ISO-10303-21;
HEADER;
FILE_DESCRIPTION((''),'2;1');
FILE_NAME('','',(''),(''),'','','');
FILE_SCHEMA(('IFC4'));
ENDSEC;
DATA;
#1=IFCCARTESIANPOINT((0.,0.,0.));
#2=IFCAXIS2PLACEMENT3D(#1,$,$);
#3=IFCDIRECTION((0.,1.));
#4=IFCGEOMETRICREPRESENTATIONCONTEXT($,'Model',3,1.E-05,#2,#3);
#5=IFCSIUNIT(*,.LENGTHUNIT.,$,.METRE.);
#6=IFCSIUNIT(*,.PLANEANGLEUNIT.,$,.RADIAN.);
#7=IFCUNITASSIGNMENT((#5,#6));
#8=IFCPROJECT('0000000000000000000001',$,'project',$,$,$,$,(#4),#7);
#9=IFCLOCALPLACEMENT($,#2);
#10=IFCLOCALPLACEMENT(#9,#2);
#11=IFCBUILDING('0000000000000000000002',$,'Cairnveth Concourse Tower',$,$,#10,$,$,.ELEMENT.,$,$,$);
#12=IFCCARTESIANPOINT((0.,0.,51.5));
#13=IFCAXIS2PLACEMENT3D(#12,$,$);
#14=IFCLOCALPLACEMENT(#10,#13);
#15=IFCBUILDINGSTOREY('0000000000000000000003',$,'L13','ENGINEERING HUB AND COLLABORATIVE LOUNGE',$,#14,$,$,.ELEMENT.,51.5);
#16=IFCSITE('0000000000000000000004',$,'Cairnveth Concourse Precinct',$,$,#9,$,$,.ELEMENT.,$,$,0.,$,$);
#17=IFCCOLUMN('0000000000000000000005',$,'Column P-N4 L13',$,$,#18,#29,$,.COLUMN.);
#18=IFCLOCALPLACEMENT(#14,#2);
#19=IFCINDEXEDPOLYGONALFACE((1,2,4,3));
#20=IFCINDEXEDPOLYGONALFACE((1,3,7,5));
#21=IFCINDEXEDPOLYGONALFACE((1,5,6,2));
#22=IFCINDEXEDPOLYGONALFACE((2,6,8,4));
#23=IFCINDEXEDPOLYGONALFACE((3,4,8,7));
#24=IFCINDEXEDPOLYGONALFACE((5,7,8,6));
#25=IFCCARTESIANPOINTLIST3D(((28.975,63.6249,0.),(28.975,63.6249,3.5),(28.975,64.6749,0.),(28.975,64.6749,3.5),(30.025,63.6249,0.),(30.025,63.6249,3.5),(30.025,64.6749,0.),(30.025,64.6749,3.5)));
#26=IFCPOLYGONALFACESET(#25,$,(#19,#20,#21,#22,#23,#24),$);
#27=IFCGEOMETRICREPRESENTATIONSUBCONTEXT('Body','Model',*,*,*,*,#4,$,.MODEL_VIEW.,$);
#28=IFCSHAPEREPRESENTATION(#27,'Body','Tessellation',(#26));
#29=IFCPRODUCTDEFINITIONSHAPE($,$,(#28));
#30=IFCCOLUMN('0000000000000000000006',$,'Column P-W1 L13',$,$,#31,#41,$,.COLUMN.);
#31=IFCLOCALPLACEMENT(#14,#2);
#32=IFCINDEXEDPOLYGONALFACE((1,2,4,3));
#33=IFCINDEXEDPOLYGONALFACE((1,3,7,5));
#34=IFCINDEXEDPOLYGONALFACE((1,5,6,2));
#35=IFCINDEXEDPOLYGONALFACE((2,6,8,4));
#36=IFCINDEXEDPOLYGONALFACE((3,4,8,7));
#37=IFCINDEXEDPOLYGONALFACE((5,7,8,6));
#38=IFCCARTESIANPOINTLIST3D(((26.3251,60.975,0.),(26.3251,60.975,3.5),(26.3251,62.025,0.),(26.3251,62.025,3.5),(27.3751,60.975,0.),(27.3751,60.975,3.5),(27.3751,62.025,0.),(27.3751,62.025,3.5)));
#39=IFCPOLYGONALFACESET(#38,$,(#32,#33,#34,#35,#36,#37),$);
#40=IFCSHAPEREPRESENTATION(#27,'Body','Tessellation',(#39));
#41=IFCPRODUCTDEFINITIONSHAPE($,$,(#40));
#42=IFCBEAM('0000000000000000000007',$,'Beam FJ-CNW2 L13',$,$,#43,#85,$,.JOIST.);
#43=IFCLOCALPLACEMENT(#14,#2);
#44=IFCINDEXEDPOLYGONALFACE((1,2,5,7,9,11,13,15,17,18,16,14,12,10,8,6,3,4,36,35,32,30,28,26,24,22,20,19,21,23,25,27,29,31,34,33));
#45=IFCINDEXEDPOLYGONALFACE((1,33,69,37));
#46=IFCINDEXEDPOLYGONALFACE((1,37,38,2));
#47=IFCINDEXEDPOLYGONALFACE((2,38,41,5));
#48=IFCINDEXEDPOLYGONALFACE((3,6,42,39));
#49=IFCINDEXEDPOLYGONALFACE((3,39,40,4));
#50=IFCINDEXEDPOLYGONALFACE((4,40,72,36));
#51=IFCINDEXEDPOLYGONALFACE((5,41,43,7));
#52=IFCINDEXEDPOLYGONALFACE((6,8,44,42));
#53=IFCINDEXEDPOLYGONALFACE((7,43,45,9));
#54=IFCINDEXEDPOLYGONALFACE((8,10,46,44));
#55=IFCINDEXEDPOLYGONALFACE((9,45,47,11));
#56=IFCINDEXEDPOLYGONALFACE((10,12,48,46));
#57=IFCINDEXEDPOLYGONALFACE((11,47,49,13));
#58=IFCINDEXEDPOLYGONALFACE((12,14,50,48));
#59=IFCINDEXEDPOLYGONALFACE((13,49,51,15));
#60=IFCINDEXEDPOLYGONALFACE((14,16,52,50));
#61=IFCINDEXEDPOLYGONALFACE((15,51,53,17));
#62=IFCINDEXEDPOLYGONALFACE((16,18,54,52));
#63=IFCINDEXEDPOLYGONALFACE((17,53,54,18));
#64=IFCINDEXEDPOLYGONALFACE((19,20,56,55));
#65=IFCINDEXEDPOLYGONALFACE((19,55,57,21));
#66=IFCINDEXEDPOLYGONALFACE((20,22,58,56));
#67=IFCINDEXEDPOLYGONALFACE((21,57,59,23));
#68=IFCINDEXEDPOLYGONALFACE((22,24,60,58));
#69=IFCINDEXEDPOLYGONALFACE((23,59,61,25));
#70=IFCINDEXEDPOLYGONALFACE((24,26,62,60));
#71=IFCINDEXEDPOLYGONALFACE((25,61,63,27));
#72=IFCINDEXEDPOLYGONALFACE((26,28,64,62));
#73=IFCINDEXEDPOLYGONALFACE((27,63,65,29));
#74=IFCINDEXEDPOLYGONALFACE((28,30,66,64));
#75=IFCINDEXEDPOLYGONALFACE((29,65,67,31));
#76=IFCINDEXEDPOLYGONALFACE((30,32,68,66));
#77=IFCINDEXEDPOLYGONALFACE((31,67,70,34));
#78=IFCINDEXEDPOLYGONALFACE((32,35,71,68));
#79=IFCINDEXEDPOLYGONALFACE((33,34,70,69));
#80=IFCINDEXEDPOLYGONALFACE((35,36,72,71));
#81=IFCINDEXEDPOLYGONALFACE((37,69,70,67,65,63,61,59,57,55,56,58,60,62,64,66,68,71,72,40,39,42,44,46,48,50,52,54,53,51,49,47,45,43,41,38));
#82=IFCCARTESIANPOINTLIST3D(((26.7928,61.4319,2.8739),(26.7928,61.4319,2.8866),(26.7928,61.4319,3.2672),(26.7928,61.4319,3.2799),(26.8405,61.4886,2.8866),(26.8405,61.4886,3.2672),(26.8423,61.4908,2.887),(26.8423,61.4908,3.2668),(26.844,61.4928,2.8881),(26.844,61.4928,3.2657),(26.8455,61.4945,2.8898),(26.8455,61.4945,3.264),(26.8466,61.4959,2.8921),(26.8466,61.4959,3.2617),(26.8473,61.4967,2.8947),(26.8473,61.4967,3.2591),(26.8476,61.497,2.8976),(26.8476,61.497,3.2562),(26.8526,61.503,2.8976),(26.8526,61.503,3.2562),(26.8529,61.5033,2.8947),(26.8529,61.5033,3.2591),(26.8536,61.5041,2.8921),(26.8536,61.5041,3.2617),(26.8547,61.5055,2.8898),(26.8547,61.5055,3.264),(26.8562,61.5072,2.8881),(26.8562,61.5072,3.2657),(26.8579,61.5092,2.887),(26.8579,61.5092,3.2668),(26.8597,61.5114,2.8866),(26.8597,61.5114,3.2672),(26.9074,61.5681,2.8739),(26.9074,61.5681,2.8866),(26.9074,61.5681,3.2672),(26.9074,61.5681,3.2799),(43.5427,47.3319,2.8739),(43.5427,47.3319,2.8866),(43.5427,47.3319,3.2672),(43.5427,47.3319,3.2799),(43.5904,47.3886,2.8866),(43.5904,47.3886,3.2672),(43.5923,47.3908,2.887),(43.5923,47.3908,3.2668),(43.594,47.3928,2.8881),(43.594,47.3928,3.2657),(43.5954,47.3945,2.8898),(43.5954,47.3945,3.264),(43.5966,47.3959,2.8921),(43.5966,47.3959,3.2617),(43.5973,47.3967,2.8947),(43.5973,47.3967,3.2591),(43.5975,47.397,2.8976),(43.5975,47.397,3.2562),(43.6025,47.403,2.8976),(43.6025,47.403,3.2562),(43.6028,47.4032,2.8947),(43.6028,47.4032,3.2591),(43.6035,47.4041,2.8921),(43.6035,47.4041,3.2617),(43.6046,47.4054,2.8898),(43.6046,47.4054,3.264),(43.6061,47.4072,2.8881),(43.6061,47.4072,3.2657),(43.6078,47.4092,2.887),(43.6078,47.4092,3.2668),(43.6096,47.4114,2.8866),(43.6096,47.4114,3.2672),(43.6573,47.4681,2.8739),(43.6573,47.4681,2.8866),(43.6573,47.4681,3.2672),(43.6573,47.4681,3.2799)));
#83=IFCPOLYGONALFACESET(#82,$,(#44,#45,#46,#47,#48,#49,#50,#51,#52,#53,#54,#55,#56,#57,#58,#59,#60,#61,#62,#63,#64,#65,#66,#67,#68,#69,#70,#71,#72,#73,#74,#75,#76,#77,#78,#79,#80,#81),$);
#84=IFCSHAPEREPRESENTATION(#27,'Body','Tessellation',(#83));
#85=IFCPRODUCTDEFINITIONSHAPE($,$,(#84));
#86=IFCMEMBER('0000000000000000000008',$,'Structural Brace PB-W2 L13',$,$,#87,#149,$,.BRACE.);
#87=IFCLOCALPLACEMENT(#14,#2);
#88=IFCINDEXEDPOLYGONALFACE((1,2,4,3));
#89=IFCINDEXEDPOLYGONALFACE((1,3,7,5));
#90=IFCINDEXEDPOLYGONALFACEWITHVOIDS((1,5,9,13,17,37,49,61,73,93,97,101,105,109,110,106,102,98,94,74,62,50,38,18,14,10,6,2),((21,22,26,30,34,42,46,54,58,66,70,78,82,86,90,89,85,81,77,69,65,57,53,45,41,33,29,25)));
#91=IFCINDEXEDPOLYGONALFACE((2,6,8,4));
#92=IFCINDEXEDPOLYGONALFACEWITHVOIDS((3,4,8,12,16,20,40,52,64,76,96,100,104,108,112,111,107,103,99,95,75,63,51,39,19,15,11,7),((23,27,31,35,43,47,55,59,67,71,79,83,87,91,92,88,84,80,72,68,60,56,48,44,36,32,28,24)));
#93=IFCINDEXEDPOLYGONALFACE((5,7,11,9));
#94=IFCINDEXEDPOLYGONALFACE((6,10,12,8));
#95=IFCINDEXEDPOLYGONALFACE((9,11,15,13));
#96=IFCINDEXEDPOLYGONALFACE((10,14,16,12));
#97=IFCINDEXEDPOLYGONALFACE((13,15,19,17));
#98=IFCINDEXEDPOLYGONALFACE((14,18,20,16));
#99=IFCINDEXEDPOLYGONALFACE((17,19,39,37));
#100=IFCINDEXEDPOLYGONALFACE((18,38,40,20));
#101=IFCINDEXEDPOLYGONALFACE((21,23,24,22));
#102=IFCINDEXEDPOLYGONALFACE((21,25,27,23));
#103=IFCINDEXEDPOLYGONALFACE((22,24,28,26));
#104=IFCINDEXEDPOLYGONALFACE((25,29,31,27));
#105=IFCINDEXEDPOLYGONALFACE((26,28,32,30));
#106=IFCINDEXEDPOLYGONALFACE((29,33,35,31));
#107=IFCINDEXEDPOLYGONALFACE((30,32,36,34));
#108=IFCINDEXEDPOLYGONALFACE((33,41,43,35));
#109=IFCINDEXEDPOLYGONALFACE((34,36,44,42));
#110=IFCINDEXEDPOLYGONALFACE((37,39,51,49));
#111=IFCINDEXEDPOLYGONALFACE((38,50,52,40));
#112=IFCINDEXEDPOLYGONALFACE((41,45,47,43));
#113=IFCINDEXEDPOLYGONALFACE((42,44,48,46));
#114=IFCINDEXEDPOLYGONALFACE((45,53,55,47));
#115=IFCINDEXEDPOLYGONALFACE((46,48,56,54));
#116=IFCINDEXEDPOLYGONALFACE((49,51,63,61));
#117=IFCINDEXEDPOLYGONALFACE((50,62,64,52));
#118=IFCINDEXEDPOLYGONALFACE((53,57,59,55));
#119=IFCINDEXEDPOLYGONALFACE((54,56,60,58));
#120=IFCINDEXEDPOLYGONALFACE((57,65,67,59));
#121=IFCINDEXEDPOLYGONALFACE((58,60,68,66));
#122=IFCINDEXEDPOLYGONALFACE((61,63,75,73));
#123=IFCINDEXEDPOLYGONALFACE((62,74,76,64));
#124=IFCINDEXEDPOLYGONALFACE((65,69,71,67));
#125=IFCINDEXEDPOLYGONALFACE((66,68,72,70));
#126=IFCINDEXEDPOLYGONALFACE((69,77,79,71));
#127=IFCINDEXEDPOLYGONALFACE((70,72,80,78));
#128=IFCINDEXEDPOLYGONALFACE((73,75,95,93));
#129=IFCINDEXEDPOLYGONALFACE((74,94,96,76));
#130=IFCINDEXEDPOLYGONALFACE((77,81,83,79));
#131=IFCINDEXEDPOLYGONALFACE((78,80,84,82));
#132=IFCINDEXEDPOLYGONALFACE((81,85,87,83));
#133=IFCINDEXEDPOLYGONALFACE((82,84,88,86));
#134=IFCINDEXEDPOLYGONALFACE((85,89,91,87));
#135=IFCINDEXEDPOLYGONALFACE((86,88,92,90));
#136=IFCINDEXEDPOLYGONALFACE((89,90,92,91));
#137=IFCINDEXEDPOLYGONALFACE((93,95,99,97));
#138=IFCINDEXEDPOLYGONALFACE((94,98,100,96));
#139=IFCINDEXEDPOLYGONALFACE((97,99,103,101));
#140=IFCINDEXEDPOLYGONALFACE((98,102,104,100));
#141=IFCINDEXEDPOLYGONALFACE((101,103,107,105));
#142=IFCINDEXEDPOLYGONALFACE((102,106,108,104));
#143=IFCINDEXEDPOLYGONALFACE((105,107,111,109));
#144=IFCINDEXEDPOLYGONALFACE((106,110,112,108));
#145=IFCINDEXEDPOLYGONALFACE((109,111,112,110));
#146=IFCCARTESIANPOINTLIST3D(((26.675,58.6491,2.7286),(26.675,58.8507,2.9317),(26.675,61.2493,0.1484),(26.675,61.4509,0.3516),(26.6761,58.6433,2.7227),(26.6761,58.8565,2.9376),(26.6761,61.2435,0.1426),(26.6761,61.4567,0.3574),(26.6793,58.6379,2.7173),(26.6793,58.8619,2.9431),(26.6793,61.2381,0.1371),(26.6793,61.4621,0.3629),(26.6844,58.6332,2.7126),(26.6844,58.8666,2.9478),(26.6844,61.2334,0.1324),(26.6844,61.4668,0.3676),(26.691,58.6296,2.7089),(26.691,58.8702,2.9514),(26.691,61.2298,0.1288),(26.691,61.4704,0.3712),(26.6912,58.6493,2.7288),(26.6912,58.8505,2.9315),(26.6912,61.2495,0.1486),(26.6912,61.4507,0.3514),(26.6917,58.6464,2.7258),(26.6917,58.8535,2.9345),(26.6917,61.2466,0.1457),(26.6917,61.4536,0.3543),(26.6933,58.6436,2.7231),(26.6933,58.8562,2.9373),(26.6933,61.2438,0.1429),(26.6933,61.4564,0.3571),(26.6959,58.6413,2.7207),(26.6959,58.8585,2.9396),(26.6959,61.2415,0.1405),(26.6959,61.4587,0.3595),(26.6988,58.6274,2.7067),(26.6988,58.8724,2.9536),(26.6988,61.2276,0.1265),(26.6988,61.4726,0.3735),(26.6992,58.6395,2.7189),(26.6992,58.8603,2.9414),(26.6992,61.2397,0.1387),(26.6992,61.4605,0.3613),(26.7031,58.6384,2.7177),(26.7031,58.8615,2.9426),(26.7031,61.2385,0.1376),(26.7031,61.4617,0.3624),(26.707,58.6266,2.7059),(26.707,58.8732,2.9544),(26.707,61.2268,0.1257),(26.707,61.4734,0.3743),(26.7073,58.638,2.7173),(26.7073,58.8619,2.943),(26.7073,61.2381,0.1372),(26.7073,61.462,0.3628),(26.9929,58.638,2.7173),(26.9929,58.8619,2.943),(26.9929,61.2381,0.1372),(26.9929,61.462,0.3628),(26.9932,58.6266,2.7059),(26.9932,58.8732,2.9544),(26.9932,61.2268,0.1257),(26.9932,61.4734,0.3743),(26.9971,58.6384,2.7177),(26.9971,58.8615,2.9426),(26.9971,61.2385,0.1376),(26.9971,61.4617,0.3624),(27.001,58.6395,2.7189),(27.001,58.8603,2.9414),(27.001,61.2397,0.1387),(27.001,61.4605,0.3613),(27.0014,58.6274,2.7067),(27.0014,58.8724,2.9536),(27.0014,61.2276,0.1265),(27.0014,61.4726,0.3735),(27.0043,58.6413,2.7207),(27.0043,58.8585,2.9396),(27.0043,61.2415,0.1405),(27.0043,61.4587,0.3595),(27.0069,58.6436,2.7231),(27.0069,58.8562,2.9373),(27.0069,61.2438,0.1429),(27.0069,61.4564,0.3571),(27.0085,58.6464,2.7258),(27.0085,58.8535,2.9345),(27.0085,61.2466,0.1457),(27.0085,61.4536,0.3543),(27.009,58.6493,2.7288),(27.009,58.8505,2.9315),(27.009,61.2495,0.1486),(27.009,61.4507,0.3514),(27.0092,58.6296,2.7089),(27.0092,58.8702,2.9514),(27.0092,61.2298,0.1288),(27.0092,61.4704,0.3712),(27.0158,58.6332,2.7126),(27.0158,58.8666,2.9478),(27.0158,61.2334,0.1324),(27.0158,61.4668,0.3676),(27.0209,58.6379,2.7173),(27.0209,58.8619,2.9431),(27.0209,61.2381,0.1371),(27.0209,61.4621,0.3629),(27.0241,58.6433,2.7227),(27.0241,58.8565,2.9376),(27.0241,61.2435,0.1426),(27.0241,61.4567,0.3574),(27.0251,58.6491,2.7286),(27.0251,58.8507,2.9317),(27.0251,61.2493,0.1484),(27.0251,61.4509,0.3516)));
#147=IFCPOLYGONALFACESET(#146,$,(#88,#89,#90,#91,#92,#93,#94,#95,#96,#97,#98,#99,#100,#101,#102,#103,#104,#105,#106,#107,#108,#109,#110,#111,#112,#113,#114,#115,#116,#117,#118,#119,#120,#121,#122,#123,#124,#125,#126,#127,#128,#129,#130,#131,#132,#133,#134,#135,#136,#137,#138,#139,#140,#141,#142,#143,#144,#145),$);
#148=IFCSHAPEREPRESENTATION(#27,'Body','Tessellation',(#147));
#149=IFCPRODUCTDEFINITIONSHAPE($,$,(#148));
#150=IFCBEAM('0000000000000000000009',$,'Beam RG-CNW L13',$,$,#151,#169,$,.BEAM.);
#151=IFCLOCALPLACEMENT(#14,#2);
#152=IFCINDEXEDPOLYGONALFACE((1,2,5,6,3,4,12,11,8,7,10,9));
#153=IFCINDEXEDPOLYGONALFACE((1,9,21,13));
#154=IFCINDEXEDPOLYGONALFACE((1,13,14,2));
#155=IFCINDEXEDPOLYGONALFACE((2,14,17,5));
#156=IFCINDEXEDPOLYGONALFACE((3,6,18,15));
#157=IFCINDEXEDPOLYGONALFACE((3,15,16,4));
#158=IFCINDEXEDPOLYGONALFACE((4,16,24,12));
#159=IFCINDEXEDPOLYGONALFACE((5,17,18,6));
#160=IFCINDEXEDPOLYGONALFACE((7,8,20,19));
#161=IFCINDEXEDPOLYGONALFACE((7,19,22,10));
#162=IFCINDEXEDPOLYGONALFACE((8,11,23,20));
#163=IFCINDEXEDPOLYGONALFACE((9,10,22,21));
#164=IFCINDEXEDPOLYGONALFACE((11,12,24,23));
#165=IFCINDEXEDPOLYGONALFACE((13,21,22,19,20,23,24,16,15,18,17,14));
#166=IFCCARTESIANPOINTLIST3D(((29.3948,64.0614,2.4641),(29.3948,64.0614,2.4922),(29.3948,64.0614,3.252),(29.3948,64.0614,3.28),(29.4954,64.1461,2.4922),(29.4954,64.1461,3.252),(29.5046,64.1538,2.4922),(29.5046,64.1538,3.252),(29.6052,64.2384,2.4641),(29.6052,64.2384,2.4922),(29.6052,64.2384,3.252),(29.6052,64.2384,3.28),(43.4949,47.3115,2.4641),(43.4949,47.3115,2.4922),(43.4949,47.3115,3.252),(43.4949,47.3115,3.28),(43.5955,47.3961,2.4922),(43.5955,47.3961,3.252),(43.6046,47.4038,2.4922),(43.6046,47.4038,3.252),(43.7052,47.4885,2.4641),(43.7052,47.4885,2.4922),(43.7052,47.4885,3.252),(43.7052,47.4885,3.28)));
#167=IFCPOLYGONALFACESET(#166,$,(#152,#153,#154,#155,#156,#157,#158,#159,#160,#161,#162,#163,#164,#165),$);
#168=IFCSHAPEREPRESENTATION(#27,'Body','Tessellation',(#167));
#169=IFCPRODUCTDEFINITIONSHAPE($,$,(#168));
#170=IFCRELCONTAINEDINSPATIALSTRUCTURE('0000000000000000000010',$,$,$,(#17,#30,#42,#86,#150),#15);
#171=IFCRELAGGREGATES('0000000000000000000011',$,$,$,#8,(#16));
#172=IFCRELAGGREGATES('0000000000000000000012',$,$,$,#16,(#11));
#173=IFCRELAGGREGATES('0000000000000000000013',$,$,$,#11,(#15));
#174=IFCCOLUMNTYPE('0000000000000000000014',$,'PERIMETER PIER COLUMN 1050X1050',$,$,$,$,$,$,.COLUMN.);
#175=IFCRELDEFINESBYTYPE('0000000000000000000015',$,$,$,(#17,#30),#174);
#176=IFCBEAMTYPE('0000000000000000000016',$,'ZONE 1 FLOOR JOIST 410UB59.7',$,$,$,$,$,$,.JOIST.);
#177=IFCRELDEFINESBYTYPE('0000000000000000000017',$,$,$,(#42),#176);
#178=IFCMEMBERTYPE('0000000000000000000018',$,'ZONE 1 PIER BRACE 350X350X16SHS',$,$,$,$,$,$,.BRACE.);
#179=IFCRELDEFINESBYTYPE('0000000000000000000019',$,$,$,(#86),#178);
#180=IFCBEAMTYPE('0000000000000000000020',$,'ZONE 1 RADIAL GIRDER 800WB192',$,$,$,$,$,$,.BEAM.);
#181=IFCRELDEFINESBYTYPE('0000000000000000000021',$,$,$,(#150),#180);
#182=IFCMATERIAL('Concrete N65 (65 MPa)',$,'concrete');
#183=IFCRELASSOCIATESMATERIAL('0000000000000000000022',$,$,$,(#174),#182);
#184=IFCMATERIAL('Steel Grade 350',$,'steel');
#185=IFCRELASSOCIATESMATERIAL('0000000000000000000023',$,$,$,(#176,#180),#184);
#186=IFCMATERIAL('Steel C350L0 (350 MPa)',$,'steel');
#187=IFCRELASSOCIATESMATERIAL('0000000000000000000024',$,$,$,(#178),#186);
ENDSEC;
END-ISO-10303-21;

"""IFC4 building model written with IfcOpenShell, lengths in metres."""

from ifc_helpers import new_model, si_unit, direction, frame, origin, origin_2d, place, context, subcontext, project, spatial, rectangle, hollow_rectangle, i_section, extrude, material, material_profile, profile_set, type_object, element, save


model = new_model("IFC4")

# Units and contexts
model_context = context("Model", 3, precision=1e-05, world=origin(), true_north=direction((0.0, 1.0)))
body_context = subcontext(model_context, "Body", "Model", "MODEL_VIEW")
ifc_project = project(units=[si_unit("LENGTHUNIT", "METRE"), si_unit("PLANEANGLEUNIT", "RADIAN")], contexts=[model_context])

# Site, building, storey
site_placement = place(None, origin())
site = spatial("IfcSite", under=ifc_project, at=site_placement, Name="Cairnveth Concourse Precinct", CompositionType="ELEMENT", RefElevation=0.0)
building_placement = place(site_placement, origin())
building = spatial("IfcBuilding", under=site, at=building_placement, Name="Cairnveth Concourse Tower", CompositionType="ELEMENT")
storey_placement = place(building_placement, frame((0.0, 0.0, 51.5)))
storey = spatial("IfcBuildingStorey", under=building, at=storey_placement, Name="L13", Description="ENGINEERING HUB AND COLLABORATIVE LOUNGE", CompositionType="ELEMENT", Elevation=51.5)

# Columns
ifc_material_1 = material(Name="Concrete N65 (65 MPa)", Category="concrete")
ifc_material_profile_1 = material_profile(ifc_material_1, rectangle(XDim=1.05, YDim=1.05, at=origin_2d()), Name="RC-COL-1050x1050")
ifc_profile_set_1 = profile_set([ifc_material_profile_1], Name="Concrete N65 (65 MPa)")
column_type = type_object("IfcColumnType", Name="PERIMETER PIER COLUMN 1050X1050", PredefinedType="COLUMN", material=ifc_profile_set_1)
for number, where, z_axis, x_axis, name in (
    (1, (29.5, 64.1499, 0.0), (0.0, 0.0, 1.0), (1.0, 0.0, 0.0), "Column P-N4 L13"),
    (2, (26.8501, 61.5, 0.0), (0.0, 0.0, 1.0), (0.0, 1.0, 0.0), "Column P-W1 L13"),
):
    element("IfcColumn", number, at=place(storey_placement, frame(where, z_axis=z_axis, x_axis=x_axis)), inside=storey, type_object=column_type, Name=name, PredefinedType="COLUMN", context=body_context, shape_type="SweptSolid", body=[
        extrude(rectangle(XDim=1.05, YDim=1.05, at=origin_2d()), origin(), (0.0, 0.0, 1.0), 3.5),
    ])

# Beam
ifc_material_2 = material(Name="Steel Grade 350", Category="steel")
ifc_material_profile_2 = material_profile(ifc_material_2, i_section(OverallWidth=0.178, OverallDepth=0.406, WebThickness=0.0078, FlangeThickness=0.0127, FilletRadius=0.011, at=origin_2d()), Name="410UB59.7")
ifc_profile_set_2 = profile_set([ifc_material_profile_2], Name="Steel Grade 350")
beam_type_1 = type_object("IfcBeamType", Name="ZONE 1 FLOOR JOIST 410UB59.7", PredefinedType="JOIST", material=ifc_profile_set_2)
beam_1_placement = place(storey_placement, frame((26.8501, 61.5, 3.0769), z_axis=(0.765027, -0.643998, 0.0), x_axis=(0.643998, 0.765027, 0.0)))
element("IfcBeam", 3, at=beam_1_placement, inside=storey, type_object=beam_type_1, Name="Beam FJ-CNW2 L13", PredefinedType="JOIST", context=body_context, shape_type="SweptSolid", body=[
    extrude(i_section(OverallWidth=0.178, OverallDepth=0.406, WebThickness=0.0078, FlangeThickness=0.0127, FilletRadius=0.011, at=origin_2d()), origin(), (0.0, 0.0, 1.0), 21.8945),
])

# Member
ifc_material_3 = material(Name="Steel C350L0 (350 MPa)", Category="steel")
ifc_material_profile_3 = material_profile(ifc_material_3, hollow_rectangle(XDim=0.3501, YDim=0.3501, WallThickness=0.0161, InnerFilletRadius=0.0161, OuterFilletRadius=0.032, at=origin_2d()), Name="350x350x16.0SHS")
ifc_profile_set_3 = profile_set([ifc_material_profile_3], Name="Steel C350L0 (350 MPa)")
member_type = type_object("IfcMemberType", Name="ZONE 1 PIER BRACE 350X350X16SHS", PredefinedType="BRACE", material=ifc_profile_set_3)
member_placement = place(storey_placement, frame((26.8501, 61.3501, 0.25), z_axis=(0.0, -0.709834, 0.704369), x_axis=(1.0, 0.0, 0.0)))
element("IfcMember", 4, at=member_placement, inside=storey, type_object=member_type, Name="Structural Brace PB-W2 L13", PredefinedType="BRACE", context=body_context, shape_type="SweptSolid", body=[
    extrude(hollow_rectangle(XDim=0.3501, YDim=0.3501, WallThickness=0.0161, InnerFilletRadius=0.0161, OuterFilletRadius=0.032, at=origin_2d()), origin(), (0.0, 0.0, 1.0), 3.6631),
])

# Beam
ifc_material_profile_4 = material_profile(ifc_material_2, i_section(OverallWidth=0.2749, OverallDepth=0.8159, WebThickness=0.012, FlangeThickness=0.0281, at=origin_2d()), Name="800WB192")
ifc_profile_set_4 = profile_set([ifc_material_profile_4], Name="Steel Grade 350")
beam_type_2 = type_object("IfcBeamType", Name="ZONE 1 RADIAL GIRDER 800WB192", PredefinedType="BEAM", material=ifc_profile_set_4)
beam_2_placement = place(storey_placement, frame((29.5, 64.1499, 2.8721), z_axis=(0.643998, -0.765027, 0.0), x_axis=(0.765027, 0.643998, 0.0)))
element("IfcBeam", 5, at=beam_2_placement, inside=storey, type_object=beam_type_2, Name="Beam RG-CNW L13", PredefinedType="BEAM", context=body_context, shape_type="SweptSolid", body=[
    extrude(i_section(OverallWidth=0.2749, OverallDepth=0.8159, WebThickness=0.012, FlangeThickness=0.0281, at=origin_2d()), origin(), (0.0, 0.0, 1.0), 21.8945),
])

save(model, "model.ifc")
